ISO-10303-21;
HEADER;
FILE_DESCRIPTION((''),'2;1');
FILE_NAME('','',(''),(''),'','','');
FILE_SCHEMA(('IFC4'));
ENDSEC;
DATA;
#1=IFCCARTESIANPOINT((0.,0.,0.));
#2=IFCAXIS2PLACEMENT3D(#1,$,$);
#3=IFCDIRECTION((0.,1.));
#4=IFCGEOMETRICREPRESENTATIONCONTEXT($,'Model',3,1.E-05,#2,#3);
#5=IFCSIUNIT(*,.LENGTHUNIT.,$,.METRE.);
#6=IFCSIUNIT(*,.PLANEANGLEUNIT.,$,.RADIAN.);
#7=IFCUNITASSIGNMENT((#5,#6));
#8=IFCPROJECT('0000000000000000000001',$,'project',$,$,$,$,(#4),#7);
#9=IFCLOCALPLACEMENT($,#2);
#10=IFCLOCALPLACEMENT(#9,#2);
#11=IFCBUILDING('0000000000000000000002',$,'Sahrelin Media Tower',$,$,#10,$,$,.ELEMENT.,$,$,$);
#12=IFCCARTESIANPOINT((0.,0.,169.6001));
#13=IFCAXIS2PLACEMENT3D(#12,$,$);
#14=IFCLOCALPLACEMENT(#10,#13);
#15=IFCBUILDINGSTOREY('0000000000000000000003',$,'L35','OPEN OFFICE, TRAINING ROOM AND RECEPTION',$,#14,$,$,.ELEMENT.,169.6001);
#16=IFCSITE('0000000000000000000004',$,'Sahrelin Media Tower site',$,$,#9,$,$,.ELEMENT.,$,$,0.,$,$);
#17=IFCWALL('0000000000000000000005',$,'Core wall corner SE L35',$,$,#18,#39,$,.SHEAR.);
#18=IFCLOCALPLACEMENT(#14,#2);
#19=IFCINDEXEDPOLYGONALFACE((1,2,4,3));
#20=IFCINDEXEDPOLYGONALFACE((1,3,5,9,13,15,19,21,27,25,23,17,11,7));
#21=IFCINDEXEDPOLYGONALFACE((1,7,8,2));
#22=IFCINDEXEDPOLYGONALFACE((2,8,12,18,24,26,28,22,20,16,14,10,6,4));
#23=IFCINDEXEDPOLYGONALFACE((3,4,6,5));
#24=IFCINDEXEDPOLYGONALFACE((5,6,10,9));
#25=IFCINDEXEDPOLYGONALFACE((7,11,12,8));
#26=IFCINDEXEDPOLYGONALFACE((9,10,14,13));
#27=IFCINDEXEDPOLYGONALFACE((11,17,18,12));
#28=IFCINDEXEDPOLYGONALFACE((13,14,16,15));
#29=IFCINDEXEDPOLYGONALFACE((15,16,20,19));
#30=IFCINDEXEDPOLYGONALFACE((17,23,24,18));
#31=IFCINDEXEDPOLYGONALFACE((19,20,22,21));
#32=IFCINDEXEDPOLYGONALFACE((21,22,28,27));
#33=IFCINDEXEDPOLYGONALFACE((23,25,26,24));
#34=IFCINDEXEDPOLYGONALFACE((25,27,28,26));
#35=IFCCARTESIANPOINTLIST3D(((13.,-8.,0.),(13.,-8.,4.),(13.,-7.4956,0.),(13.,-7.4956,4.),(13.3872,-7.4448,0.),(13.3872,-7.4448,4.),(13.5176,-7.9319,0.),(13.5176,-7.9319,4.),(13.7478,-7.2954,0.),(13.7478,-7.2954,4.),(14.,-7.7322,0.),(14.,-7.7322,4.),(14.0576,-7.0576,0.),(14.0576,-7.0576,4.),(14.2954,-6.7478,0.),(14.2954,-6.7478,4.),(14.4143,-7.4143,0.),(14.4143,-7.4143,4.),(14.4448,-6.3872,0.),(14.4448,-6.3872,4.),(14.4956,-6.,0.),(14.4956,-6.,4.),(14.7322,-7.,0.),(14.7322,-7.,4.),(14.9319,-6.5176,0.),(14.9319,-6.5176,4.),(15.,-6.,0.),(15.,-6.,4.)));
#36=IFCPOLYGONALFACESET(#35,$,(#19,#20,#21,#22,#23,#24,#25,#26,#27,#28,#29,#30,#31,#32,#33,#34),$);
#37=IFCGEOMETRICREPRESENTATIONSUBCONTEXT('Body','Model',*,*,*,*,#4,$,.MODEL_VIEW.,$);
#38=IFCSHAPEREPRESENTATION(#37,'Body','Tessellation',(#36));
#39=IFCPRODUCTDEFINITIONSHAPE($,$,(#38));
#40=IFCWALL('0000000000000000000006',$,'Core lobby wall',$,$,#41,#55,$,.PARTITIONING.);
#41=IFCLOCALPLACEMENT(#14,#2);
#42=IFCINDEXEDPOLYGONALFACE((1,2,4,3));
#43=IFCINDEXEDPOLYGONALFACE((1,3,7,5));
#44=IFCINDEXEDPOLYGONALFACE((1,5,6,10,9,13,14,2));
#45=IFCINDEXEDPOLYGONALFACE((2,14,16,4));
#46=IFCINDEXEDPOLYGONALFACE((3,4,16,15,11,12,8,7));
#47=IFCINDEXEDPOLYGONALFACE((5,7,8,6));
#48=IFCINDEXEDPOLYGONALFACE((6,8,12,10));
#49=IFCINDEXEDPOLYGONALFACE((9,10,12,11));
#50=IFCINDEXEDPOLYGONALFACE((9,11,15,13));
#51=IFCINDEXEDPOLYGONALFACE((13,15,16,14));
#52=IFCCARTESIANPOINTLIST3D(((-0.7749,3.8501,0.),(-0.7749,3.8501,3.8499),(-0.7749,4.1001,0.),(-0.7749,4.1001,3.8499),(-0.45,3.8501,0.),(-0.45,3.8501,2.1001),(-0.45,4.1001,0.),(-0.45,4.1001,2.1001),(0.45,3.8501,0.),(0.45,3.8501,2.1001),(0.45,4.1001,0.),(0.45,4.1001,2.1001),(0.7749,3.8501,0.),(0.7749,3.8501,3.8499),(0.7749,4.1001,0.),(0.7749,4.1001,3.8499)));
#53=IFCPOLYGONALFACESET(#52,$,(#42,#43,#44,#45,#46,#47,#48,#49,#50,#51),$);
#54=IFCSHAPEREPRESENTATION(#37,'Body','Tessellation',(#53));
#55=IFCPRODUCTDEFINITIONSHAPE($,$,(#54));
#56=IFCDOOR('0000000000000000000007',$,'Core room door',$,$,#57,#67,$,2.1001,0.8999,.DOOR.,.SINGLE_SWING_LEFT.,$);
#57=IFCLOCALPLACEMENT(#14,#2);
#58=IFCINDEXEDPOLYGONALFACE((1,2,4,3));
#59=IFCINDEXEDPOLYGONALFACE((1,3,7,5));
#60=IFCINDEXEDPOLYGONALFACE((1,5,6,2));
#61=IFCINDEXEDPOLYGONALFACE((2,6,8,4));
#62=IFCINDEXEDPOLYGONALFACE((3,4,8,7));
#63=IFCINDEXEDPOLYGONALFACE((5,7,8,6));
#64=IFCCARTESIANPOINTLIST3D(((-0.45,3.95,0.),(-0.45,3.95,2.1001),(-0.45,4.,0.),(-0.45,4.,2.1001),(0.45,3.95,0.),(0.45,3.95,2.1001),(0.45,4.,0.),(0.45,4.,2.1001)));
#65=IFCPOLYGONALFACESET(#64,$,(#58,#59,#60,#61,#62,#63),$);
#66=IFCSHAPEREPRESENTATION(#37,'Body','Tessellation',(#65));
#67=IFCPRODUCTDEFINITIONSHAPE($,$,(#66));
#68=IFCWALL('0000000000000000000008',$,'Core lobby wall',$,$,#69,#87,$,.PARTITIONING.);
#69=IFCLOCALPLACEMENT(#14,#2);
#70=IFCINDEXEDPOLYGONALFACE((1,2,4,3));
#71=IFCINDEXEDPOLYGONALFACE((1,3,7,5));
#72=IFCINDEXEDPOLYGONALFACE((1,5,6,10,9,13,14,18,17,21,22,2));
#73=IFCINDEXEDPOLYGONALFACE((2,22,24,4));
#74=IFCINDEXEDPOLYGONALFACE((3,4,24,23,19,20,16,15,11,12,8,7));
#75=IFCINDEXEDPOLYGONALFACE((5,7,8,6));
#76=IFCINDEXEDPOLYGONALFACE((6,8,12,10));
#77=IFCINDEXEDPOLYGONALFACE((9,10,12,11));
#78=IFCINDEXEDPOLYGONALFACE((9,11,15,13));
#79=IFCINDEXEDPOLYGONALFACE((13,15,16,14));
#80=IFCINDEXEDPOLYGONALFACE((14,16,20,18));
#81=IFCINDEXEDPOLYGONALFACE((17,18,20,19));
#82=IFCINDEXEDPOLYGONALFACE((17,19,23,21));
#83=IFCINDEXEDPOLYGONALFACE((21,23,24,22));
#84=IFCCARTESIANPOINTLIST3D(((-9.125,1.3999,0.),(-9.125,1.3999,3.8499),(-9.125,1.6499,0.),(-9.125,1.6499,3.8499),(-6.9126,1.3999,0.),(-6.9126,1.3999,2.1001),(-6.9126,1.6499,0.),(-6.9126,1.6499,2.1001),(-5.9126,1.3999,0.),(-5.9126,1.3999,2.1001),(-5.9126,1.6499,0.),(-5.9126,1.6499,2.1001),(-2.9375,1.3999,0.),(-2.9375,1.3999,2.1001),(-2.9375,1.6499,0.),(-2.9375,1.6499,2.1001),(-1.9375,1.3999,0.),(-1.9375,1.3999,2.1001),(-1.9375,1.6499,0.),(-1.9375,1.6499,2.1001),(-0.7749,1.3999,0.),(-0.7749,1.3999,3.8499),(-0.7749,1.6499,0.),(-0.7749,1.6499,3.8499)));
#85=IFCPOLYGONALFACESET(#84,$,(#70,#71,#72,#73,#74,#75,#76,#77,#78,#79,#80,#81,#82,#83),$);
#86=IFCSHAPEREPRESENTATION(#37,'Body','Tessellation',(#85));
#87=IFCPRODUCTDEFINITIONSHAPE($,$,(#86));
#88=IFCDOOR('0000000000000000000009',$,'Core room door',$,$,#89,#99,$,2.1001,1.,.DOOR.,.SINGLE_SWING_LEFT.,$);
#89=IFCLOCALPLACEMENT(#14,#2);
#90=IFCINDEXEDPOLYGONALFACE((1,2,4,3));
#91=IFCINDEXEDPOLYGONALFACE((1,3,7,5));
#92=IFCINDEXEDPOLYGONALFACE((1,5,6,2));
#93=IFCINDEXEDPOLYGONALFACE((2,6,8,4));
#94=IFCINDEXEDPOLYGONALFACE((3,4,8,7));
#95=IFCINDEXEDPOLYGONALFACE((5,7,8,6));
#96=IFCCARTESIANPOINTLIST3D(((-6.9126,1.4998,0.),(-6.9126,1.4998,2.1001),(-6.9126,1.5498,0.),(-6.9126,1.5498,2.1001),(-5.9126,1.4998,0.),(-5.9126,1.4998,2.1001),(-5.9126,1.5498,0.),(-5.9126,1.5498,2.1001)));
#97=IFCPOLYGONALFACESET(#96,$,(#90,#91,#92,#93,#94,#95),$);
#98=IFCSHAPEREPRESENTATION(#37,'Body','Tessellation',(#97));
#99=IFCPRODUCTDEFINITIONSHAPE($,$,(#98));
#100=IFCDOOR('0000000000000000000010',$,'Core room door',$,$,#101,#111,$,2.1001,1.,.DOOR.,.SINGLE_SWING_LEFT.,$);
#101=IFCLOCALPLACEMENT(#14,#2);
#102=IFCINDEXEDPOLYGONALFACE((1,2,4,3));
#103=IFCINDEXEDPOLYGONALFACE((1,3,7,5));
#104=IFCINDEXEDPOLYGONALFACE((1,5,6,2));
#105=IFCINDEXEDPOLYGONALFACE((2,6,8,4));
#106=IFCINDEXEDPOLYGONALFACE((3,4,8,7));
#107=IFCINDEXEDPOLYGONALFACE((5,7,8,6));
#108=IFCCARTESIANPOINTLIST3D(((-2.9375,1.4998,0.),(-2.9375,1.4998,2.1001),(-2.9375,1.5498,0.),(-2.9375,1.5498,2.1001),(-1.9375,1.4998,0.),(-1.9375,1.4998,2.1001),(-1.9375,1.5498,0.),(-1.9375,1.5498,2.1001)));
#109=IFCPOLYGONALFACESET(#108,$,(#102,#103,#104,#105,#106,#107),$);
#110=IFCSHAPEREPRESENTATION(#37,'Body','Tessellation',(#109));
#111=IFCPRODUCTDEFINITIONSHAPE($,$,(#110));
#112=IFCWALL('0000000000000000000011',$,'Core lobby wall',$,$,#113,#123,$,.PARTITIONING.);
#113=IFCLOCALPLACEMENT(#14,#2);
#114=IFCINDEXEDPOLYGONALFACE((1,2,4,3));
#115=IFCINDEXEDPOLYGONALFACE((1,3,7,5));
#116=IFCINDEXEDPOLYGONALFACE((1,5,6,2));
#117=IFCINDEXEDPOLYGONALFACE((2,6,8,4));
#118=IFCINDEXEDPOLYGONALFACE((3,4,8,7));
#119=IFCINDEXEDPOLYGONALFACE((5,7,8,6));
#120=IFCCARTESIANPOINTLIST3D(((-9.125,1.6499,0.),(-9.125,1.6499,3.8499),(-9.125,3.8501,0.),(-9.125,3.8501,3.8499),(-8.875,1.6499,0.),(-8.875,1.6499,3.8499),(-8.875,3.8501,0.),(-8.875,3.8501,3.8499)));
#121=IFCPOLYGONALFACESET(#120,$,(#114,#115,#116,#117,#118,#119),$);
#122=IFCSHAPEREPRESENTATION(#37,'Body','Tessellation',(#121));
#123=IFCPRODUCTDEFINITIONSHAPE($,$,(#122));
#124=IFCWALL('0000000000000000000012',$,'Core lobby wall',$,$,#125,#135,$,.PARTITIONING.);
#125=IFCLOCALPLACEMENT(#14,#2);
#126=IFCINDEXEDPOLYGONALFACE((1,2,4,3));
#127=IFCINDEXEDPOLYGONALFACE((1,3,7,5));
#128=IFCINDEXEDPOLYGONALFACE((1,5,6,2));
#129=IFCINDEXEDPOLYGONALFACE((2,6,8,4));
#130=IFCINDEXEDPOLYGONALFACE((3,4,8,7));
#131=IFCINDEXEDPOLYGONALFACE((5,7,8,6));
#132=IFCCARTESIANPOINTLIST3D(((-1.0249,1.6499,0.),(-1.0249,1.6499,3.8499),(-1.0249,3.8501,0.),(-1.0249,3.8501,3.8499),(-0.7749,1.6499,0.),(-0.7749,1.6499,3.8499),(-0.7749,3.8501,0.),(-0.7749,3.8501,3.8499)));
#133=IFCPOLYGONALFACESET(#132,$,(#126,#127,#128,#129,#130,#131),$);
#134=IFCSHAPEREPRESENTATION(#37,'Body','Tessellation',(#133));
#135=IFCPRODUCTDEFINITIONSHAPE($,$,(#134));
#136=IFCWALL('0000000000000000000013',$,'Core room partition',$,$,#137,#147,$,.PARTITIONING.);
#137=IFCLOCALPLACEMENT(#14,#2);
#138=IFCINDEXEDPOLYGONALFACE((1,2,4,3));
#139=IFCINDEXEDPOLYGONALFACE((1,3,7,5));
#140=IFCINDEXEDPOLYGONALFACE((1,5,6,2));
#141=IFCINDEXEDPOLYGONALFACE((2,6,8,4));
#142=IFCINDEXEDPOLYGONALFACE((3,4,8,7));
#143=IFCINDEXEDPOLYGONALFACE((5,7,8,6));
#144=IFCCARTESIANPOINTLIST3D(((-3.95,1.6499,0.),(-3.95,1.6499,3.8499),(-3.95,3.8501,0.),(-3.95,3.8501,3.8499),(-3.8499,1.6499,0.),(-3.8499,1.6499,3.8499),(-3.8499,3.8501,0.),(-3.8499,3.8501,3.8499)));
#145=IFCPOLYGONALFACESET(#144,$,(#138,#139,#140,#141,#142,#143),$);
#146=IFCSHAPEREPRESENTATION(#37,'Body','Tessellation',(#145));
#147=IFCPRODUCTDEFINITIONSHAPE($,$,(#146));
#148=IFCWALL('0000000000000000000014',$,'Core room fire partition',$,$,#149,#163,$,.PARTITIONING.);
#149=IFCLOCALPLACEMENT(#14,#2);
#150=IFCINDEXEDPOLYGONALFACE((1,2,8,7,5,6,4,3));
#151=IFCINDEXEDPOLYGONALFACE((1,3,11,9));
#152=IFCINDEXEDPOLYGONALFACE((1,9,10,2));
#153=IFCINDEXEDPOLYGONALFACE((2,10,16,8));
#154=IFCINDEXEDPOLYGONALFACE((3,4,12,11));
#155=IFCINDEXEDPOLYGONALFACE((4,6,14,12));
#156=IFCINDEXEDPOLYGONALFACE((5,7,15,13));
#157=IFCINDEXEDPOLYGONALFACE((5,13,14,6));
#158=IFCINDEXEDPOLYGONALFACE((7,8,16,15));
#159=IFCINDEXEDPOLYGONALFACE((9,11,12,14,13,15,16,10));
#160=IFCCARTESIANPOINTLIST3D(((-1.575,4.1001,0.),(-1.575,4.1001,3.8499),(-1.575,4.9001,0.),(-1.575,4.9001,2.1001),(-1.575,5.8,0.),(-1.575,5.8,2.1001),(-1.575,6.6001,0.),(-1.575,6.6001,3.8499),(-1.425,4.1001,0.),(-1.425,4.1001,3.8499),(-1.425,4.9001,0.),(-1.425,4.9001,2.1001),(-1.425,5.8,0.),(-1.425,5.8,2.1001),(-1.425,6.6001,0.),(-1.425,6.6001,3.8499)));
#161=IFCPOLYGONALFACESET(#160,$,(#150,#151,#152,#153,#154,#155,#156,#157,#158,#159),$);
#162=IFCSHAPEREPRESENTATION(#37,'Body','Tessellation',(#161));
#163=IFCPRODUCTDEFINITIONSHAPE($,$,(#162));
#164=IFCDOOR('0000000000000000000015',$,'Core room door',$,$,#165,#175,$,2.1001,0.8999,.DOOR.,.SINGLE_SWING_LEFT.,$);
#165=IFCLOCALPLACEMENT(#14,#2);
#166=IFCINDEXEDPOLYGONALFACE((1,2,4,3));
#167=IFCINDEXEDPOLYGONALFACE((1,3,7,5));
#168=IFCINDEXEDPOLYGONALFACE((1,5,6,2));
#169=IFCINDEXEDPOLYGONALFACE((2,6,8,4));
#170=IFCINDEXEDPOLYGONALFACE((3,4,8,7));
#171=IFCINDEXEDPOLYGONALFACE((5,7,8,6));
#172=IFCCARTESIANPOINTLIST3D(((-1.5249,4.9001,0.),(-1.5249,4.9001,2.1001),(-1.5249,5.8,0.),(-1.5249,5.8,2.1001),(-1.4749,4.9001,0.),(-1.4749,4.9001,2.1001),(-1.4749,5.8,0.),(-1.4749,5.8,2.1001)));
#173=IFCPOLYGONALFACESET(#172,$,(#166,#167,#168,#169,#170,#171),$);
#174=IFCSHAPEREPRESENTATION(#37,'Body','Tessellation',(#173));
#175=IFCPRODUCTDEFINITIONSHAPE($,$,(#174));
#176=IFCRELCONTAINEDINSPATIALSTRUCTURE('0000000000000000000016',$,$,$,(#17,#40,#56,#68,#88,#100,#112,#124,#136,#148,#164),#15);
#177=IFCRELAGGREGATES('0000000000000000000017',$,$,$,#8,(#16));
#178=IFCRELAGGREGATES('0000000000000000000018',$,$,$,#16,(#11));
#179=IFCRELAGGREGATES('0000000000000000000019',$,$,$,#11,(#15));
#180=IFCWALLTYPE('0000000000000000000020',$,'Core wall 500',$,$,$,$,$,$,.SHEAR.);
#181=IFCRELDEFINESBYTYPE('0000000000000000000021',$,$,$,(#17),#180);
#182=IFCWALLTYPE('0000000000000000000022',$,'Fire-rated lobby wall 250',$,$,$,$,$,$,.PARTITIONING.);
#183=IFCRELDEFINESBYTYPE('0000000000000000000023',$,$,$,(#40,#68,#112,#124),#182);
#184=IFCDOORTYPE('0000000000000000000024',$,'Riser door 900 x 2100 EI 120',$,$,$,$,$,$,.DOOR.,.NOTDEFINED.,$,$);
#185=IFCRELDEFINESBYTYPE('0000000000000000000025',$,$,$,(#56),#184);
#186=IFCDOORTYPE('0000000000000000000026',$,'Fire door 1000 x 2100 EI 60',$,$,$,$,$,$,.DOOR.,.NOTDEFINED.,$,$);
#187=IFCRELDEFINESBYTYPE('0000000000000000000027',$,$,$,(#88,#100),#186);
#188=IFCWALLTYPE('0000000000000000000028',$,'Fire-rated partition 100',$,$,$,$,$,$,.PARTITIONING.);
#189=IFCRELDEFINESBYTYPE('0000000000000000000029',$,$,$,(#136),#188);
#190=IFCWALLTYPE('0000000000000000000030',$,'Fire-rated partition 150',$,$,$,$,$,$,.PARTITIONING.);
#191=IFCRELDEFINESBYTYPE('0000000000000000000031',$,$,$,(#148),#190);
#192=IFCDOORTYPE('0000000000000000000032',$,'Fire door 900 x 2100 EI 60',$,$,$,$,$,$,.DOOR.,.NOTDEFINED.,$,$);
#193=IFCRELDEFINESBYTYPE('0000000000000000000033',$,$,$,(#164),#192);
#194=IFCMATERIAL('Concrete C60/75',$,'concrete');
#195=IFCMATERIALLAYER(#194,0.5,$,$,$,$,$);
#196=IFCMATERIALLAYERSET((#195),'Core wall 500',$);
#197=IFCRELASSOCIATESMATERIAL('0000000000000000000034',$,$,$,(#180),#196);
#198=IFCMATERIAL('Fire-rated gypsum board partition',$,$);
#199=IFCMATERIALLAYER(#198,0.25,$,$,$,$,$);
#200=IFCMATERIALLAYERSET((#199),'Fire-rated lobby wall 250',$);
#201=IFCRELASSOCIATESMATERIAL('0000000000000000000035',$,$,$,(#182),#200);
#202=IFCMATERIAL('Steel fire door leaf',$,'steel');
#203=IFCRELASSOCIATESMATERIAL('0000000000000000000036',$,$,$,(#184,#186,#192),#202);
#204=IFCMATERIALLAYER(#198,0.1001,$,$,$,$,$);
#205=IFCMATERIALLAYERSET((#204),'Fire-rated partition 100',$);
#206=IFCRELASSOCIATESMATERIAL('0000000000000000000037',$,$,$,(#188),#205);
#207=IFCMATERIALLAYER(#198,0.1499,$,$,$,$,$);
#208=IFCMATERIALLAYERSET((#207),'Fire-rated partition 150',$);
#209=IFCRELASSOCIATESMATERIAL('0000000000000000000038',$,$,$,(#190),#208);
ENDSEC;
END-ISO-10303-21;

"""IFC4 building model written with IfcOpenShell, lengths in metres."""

from ifc_helpers import new_model, si_unit, direction, frame, frame_2d, origin, place, context, subcontext, project, spatial, polyline, rectangle, outline, extrude, material, layer, layer_set, type_object, element, fill, save


model = new_model("IFC4")

# Units and contexts
model_context = context("Model", 3, precision=1e-05, world=origin(), true_north=direction((0.0, 1.0)))
body_context = subcontext(model_context, "Body", "Model", "MODEL_VIEW")
ifc_project = project(units=[si_unit("LENGTHUNIT", "METRE"), si_unit("PLANEANGLEUNIT", "RADIAN")], contexts=[model_context])

# Site, building, storey
site_placement = place(None, origin())
site = spatial("IfcSite", under=ifc_project, at=site_placement, Name="Sahrelin Media Tower site", CompositionType="ELEMENT", RefElevation=0.0)
building_placement = place(site_placement, origin())
building = spatial("IfcBuilding", under=site, at=building_placement, Name="Sahrelin Media Tower", CompositionType="ELEMENT")
storey_placement = place(building_placement, frame((0.0, 0.0, 169.6001)))
storey = spatial("IfcBuildingStorey", under=building, at=storey_placement, Name="L35", Description="OPEN OFFICE, TRAINING ROOM AND RECEPTION", CompositionType="ELEMENT", Elevation=169.6001)

# Wall
ifc_material_1 = material(Name="Concrete C60/75", Category="concrete")
ifc_layer_1 = layer(ifc_material_1, 0.5)
ifc_layer_set_1 = layer_set([ifc_layer_1], Name="Core wall 500")
wall_type_1 = type_object("IfcWallType", Name="Core wall 500", PredefinedType="SHEAR", material=ifc_layer_set_1)
placement = place(storey_placement, origin())
element("IfcWall", 1, at=placement, inside=storey, type_object=wall_type_1, Name="Core wall corner SE L35", PredefinedType="SHEAR", context=body_context, shape_type="SweptSolid", body=[
    extrude(outline(polyline([(15.0, -6.0), (14.4956, -6.0), (14.4448, -6.3872), (14.2954, -6.7478), (14.0576, -7.0576), (13.7478, -7.2954), (13.3872, -7.4448), (13.0, -7.4956), (13.0, -8.0), (13.5176, -7.9319), (14.0, -7.7322), (14.4143, -7.4143), (14.7322, -7.0), (14.9319, -6.5176), (15.0, -6.0)])), origin(), (0.0, 0.0, 1.0), 4.0),
])

# Wall, opening, door
ifc_material_2 = material(Name="Fire-rated gypsum board partition")
ifc_layer_2 = layer(ifc_material_2, 0.25)
ifc_layer_set_2 = layer_set([ifc_layer_2], Name="Fire-rated lobby wall 250")
wall_type_2 = type_object("IfcWallType", Name="Fire-rated lobby wall 250", PredefinedType="PARTITIONING", material=ifc_layer_set_2)
wall_1_placement = place(storey_placement, frame((-0.7749, 3.9751, 0.0), z_axis=(0.0, 0.0, 1.0), x_axis=(1.0, 0.0, 0.0)))
wall_1 = element("IfcWall", 2, at=wall_1_placement, inside=storey, type_object=wall_type_2, Name="Core lobby wall", PredefinedType="PARTITIONING", context=body_context, shape_type="SweptSolid", body=[
    extrude(rectangle(XDim=1.5498, YDim=0.25, at=frame_2d((0.7749, 0.0))), origin(), (0.0, 0.0, 1.0), 3.8499),
])
opening_1_placement = place(wall_1_placement, frame((0.325, 0.0, 0.0)))
opening_1 = element("IfcOpeningElement", 3, at=opening_1_placement, cuts=wall_1, PredefinedType="OPENING", context=body_context, shape_type="SweptSolid", body=[
    extrude(rectangle(XDim=0.8999, YDim=2.1001, at=frame_2d((0.45, 1.05))), frame((0.0, 0.125, 0.0), z_axis=(0.0, -1.0, 0.0), x_axis=(1.0, 0.0, 0.0)), (0.0, 0.0, 1.0), 0.25),
])
ifc_material_3 = material(Name="Steel fire door leaf", Category="steel")
door_type_1 = type_object("IfcDoorType", Name="Riser door 900 x 2100 EI 120", OperationType="NOTDEFINED", PredefinedType="DOOR", material=ifc_material_3)
door_1_placement = place(opening_1_placement, origin())
door_1 = element("IfcDoor", 4, at=door_1_placement, inside=storey, type_object=door_type_1, Name="Core room door", OperationType="SINGLE_SWING_LEFT", OverallHeight=2.1001, OverallWidth=0.8999, PredefinedType="DOOR", context=body_context, shape_type="SweptSolid", body=[
    extrude(rectangle(XDim=0.8999, YDim=2.1001, at=frame_2d((0.45, 1.05))), frame((0.0, 0.0249, 0.0), z_axis=(0.0, -1.0, 0.0), x_axis=(1.0, 0.0, 0.0)), (0.0, 0.0, 1.0), 0.05),
])
fill(opening_1, door_1)

# Wall, openings, doors
wall_2_placement = place(storey_placement, frame((-9.125, 1.5249, 0.0), z_axis=(0.0, 0.0, 1.0), x_axis=(1.0, 0.0, 0.0)))
wall_2 = element("IfcWall", 5, at=wall_2_placement, inside=storey, type_object=wall_type_2, Name="Core lobby wall", PredefinedType="PARTITIONING", context=body_context, shape_type="SweptSolid", body=[
    extrude(rectangle(XDim=8.3501, YDim=0.25, at=frame_2d((4.175, 0.0))), origin(), (0.0, 0.0, 1.0), 3.8499),
])
opening_2_placement = place(wall_2_placement, frame((2.2124, 0.0, 0.0)))
opening_2 = element("IfcOpeningElement", 6, at=opening_2_placement, cuts=wall_2, PredefinedType="OPENING", context=body_context, shape_type="SweptSolid", body=[
    extrude(rectangle(XDim=1.0, YDim=2.1001, at=frame_2d((0.5, 1.05))), frame((0.0, 0.125, 0.0), z_axis=(0.0, -1.0, 0.0), x_axis=(1.0, 0.0, 0.0)), (0.0, 0.0, 1.0), 0.25),
])
opening_3_placement = place(wall_2_placement, frame((6.1875, 0.0, 0.0)))
opening_3 = element("IfcOpeningElement", 7, at=opening_3_placement, cuts=wall_2, PredefinedType="OPENING", context=body_context, shape_type="SweptSolid", body=[
    extrude(rectangle(XDim=1.0, YDim=2.1001, at=frame_2d((0.5, 1.05))), frame((0.0, 0.125, 0.0), z_axis=(0.0, -1.0, 0.0), x_axis=(1.0, 0.0, 0.0)), (0.0, 0.0, 1.0), 0.25),
])
door_type_2 = type_object("IfcDoorType", Name="Fire door 1000 x 2100 EI 60", OperationType="NOTDEFINED", PredefinedType="DOOR", material=ifc_material_3)
door_2_placement = place(opening_2_placement, origin())
door_2 = element("IfcDoor", 8, at=door_2_placement, inside=storey, type_object=door_type_2, Name="Core room door", OperationType="SINGLE_SWING_LEFT", OverallHeight=2.1001, OverallWidth=1.0, PredefinedType="DOOR", context=body_context, shape_type="SweptSolid", body=[
    extrude(rectangle(XDim=1.0, YDim=2.1001, at=frame_2d((0.5, 1.05))), frame((0.0, 0.0249, 0.0), z_axis=(0.0, -1.0, 0.0), x_axis=(1.0, 0.0, 0.0)), (0.0, 0.0, 1.0), 0.05),
])
fill(opening_2, door_2)
door_3_placement = place(opening_3_placement, origin())
door_3 = element("IfcDoor", 9, at=door_3_placement, inside=storey, type_object=door_type_2, Name="Core room door", OperationType="SINGLE_SWING_LEFT", OverallHeight=2.1001, OverallWidth=1.0, PredefinedType="DOOR", context=body_context, shape_type="SweptSolid", body=[
    extrude(rectangle(XDim=1.0, YDim=2.1001, at=frame_2d((0.5, 1.05))), frame((0.0, 0.0249, 0.0), z_axis=(0.0, -1.0, 0.0), x_axis=(1.0, 0.0, 0.0)), (0.0, 0.0, 1.0), 0.05),
])
fill(opening_3, door_3)

# Walls
for number, where, z_axis, x_axis, name in (
    (10, (-9.0, 1.6499, 0.0), (0.0, 0.0, 1.0), (0.0, 1.0, 0.0), "Core lobby wall"),
    (11, (-0.8999, 1.6499, 0.0), (0.0, 0.0, 1.0), (0.0, 1.0, 0.0), "Core lobby wall"),
):
    element("IfcWall", number, at=place(storey_placement, frame(where, z_axis=z_axis, x_axis=x_axis)), inside=storey, type_object=wall_type_2, Name=name, PredefinedType="PARTITIONING", context=body_context, shape_type="SweptSolid", body=[
        extrude(rectangle(XDim=2.2002, YDim=0.25, at=frame_2d((1.1001, 0.0))), origin(), (0.0, 0.0, 1.0), 3.8499),
    ])
ifc_layer_3 = layer(ifc_material_2, 0.1001)
ifc_layer_set_3 = layer_set([ifc_layer_3], Name="Fire-rated partition 100")
wall_type_3 = type_object("IfcWallType", Name="Fire-rated partition 100", PredefinedType="PARTITIONING", material=ifc_layer_set_3)
wall_3_placement = place(storey_placement, frame((-3.8999, 1.6499, 0.0), z_axis=(0.0, 0.0, 1.0), x_axis=(0.0, 1.0, 0.0)))
element("IfcWall", 12, at=wall_3_placement, inside=storey, type_object=wall_type_3, Name="Core room partition", PredefinedType="PARTITIONING", context=body_context, shape_type="SweptSolid", body=[
    extrude(rectangle(XDim=2.2002, YDim=0.1001, at=frame_2d((1.1001, 0.0))), origin(), (0.0, 0.0, 1.0), 3.8499),
])

# Wall, opening, door
ifc_layer_4 = layer(ifc_material_2, 0.1499)
ifc_layer_set_4 = layer_set([ifc_layer_4], Name="Fire-rated partition 150")
wall_type_4 = type_object("IfcWallType", Name="Fire-rated partition 150", PredefinedType="PARTITIONING", material=ifc_layer_set_4)
wall_4_placement = place(storey_placement, frame((-1.5, 4.1001, 0.0), z_axis=(0.0, 0.0, 1.0), x_axis=(0.0, 1.0, 0.0)))
wall_4 = element("IfcWall", 13, at=wall_4_placement, inside=storey, type_object=wall_type_4, Name="Core room fire partition", PredefinedType="PARTITIONING", context=body_context, shape_type="SweptSolid", body=[
    extrude(rectangle(XDim=2.5, YDim=0.1499, at=frame_2d((1.25, 0.0))), origin(), (0.0, 0.0, 1.0), 3.8499),
])
opening_4_placement = place(wall_4_placement, frame((0.8, 0.0, 0.0)))
opening_4 = element("IfcOpeningElement", 14, at=opening_4_placement, cuts=wall_4, PredefinedType="OPENING", context=body_context, shape_type="SweptSolid", body=[
    extrude(rectangle(XDim=0.8999, YDim=2.1001, at=frame_2d((0.45, 1.05))), frame((0.0, 0.075, 0.0), z_axis=(0.0, -1.0, 0.0), x_axis=(1.0, 0.0, 0.0)), (0.0, 0.0, 1.0), 0.1499),
])
door_type_3 = type_object("IfcDoorType", Name="Fire door 900 x 2100 EI 60", OperationType="NOTDEFINED", PredefinedType="DOOR", material=ifc_material_3)
door_4_placement = place(opening_4_placement, origin())
door_4 = element("IfcDoor", 15, at=door_4_placement, inside=storey, type_object=door_type_3, Name="Core room door", OperationType="SINGLE_SWING_LEFT", OverallHeight=2.1001, OverallWidth=0.8999, PredefinedType="DOOR", context=body_context, shape_type="SweptSolid", body=[
    extrude(rectangle(XDim=0.8999, YDim=2.1001, at=frame_2d((0.45, 1.05))), frame((0.0, 0.0249, 0.0), z_axis=(0.0, -1.0, 0.0), x_axis=(1.0, 0.0, 0.0)), (0.0, 0.0, 1.0), 0.05),
])
fill(opening_4, door_4)

save(model, "model.ifc")
